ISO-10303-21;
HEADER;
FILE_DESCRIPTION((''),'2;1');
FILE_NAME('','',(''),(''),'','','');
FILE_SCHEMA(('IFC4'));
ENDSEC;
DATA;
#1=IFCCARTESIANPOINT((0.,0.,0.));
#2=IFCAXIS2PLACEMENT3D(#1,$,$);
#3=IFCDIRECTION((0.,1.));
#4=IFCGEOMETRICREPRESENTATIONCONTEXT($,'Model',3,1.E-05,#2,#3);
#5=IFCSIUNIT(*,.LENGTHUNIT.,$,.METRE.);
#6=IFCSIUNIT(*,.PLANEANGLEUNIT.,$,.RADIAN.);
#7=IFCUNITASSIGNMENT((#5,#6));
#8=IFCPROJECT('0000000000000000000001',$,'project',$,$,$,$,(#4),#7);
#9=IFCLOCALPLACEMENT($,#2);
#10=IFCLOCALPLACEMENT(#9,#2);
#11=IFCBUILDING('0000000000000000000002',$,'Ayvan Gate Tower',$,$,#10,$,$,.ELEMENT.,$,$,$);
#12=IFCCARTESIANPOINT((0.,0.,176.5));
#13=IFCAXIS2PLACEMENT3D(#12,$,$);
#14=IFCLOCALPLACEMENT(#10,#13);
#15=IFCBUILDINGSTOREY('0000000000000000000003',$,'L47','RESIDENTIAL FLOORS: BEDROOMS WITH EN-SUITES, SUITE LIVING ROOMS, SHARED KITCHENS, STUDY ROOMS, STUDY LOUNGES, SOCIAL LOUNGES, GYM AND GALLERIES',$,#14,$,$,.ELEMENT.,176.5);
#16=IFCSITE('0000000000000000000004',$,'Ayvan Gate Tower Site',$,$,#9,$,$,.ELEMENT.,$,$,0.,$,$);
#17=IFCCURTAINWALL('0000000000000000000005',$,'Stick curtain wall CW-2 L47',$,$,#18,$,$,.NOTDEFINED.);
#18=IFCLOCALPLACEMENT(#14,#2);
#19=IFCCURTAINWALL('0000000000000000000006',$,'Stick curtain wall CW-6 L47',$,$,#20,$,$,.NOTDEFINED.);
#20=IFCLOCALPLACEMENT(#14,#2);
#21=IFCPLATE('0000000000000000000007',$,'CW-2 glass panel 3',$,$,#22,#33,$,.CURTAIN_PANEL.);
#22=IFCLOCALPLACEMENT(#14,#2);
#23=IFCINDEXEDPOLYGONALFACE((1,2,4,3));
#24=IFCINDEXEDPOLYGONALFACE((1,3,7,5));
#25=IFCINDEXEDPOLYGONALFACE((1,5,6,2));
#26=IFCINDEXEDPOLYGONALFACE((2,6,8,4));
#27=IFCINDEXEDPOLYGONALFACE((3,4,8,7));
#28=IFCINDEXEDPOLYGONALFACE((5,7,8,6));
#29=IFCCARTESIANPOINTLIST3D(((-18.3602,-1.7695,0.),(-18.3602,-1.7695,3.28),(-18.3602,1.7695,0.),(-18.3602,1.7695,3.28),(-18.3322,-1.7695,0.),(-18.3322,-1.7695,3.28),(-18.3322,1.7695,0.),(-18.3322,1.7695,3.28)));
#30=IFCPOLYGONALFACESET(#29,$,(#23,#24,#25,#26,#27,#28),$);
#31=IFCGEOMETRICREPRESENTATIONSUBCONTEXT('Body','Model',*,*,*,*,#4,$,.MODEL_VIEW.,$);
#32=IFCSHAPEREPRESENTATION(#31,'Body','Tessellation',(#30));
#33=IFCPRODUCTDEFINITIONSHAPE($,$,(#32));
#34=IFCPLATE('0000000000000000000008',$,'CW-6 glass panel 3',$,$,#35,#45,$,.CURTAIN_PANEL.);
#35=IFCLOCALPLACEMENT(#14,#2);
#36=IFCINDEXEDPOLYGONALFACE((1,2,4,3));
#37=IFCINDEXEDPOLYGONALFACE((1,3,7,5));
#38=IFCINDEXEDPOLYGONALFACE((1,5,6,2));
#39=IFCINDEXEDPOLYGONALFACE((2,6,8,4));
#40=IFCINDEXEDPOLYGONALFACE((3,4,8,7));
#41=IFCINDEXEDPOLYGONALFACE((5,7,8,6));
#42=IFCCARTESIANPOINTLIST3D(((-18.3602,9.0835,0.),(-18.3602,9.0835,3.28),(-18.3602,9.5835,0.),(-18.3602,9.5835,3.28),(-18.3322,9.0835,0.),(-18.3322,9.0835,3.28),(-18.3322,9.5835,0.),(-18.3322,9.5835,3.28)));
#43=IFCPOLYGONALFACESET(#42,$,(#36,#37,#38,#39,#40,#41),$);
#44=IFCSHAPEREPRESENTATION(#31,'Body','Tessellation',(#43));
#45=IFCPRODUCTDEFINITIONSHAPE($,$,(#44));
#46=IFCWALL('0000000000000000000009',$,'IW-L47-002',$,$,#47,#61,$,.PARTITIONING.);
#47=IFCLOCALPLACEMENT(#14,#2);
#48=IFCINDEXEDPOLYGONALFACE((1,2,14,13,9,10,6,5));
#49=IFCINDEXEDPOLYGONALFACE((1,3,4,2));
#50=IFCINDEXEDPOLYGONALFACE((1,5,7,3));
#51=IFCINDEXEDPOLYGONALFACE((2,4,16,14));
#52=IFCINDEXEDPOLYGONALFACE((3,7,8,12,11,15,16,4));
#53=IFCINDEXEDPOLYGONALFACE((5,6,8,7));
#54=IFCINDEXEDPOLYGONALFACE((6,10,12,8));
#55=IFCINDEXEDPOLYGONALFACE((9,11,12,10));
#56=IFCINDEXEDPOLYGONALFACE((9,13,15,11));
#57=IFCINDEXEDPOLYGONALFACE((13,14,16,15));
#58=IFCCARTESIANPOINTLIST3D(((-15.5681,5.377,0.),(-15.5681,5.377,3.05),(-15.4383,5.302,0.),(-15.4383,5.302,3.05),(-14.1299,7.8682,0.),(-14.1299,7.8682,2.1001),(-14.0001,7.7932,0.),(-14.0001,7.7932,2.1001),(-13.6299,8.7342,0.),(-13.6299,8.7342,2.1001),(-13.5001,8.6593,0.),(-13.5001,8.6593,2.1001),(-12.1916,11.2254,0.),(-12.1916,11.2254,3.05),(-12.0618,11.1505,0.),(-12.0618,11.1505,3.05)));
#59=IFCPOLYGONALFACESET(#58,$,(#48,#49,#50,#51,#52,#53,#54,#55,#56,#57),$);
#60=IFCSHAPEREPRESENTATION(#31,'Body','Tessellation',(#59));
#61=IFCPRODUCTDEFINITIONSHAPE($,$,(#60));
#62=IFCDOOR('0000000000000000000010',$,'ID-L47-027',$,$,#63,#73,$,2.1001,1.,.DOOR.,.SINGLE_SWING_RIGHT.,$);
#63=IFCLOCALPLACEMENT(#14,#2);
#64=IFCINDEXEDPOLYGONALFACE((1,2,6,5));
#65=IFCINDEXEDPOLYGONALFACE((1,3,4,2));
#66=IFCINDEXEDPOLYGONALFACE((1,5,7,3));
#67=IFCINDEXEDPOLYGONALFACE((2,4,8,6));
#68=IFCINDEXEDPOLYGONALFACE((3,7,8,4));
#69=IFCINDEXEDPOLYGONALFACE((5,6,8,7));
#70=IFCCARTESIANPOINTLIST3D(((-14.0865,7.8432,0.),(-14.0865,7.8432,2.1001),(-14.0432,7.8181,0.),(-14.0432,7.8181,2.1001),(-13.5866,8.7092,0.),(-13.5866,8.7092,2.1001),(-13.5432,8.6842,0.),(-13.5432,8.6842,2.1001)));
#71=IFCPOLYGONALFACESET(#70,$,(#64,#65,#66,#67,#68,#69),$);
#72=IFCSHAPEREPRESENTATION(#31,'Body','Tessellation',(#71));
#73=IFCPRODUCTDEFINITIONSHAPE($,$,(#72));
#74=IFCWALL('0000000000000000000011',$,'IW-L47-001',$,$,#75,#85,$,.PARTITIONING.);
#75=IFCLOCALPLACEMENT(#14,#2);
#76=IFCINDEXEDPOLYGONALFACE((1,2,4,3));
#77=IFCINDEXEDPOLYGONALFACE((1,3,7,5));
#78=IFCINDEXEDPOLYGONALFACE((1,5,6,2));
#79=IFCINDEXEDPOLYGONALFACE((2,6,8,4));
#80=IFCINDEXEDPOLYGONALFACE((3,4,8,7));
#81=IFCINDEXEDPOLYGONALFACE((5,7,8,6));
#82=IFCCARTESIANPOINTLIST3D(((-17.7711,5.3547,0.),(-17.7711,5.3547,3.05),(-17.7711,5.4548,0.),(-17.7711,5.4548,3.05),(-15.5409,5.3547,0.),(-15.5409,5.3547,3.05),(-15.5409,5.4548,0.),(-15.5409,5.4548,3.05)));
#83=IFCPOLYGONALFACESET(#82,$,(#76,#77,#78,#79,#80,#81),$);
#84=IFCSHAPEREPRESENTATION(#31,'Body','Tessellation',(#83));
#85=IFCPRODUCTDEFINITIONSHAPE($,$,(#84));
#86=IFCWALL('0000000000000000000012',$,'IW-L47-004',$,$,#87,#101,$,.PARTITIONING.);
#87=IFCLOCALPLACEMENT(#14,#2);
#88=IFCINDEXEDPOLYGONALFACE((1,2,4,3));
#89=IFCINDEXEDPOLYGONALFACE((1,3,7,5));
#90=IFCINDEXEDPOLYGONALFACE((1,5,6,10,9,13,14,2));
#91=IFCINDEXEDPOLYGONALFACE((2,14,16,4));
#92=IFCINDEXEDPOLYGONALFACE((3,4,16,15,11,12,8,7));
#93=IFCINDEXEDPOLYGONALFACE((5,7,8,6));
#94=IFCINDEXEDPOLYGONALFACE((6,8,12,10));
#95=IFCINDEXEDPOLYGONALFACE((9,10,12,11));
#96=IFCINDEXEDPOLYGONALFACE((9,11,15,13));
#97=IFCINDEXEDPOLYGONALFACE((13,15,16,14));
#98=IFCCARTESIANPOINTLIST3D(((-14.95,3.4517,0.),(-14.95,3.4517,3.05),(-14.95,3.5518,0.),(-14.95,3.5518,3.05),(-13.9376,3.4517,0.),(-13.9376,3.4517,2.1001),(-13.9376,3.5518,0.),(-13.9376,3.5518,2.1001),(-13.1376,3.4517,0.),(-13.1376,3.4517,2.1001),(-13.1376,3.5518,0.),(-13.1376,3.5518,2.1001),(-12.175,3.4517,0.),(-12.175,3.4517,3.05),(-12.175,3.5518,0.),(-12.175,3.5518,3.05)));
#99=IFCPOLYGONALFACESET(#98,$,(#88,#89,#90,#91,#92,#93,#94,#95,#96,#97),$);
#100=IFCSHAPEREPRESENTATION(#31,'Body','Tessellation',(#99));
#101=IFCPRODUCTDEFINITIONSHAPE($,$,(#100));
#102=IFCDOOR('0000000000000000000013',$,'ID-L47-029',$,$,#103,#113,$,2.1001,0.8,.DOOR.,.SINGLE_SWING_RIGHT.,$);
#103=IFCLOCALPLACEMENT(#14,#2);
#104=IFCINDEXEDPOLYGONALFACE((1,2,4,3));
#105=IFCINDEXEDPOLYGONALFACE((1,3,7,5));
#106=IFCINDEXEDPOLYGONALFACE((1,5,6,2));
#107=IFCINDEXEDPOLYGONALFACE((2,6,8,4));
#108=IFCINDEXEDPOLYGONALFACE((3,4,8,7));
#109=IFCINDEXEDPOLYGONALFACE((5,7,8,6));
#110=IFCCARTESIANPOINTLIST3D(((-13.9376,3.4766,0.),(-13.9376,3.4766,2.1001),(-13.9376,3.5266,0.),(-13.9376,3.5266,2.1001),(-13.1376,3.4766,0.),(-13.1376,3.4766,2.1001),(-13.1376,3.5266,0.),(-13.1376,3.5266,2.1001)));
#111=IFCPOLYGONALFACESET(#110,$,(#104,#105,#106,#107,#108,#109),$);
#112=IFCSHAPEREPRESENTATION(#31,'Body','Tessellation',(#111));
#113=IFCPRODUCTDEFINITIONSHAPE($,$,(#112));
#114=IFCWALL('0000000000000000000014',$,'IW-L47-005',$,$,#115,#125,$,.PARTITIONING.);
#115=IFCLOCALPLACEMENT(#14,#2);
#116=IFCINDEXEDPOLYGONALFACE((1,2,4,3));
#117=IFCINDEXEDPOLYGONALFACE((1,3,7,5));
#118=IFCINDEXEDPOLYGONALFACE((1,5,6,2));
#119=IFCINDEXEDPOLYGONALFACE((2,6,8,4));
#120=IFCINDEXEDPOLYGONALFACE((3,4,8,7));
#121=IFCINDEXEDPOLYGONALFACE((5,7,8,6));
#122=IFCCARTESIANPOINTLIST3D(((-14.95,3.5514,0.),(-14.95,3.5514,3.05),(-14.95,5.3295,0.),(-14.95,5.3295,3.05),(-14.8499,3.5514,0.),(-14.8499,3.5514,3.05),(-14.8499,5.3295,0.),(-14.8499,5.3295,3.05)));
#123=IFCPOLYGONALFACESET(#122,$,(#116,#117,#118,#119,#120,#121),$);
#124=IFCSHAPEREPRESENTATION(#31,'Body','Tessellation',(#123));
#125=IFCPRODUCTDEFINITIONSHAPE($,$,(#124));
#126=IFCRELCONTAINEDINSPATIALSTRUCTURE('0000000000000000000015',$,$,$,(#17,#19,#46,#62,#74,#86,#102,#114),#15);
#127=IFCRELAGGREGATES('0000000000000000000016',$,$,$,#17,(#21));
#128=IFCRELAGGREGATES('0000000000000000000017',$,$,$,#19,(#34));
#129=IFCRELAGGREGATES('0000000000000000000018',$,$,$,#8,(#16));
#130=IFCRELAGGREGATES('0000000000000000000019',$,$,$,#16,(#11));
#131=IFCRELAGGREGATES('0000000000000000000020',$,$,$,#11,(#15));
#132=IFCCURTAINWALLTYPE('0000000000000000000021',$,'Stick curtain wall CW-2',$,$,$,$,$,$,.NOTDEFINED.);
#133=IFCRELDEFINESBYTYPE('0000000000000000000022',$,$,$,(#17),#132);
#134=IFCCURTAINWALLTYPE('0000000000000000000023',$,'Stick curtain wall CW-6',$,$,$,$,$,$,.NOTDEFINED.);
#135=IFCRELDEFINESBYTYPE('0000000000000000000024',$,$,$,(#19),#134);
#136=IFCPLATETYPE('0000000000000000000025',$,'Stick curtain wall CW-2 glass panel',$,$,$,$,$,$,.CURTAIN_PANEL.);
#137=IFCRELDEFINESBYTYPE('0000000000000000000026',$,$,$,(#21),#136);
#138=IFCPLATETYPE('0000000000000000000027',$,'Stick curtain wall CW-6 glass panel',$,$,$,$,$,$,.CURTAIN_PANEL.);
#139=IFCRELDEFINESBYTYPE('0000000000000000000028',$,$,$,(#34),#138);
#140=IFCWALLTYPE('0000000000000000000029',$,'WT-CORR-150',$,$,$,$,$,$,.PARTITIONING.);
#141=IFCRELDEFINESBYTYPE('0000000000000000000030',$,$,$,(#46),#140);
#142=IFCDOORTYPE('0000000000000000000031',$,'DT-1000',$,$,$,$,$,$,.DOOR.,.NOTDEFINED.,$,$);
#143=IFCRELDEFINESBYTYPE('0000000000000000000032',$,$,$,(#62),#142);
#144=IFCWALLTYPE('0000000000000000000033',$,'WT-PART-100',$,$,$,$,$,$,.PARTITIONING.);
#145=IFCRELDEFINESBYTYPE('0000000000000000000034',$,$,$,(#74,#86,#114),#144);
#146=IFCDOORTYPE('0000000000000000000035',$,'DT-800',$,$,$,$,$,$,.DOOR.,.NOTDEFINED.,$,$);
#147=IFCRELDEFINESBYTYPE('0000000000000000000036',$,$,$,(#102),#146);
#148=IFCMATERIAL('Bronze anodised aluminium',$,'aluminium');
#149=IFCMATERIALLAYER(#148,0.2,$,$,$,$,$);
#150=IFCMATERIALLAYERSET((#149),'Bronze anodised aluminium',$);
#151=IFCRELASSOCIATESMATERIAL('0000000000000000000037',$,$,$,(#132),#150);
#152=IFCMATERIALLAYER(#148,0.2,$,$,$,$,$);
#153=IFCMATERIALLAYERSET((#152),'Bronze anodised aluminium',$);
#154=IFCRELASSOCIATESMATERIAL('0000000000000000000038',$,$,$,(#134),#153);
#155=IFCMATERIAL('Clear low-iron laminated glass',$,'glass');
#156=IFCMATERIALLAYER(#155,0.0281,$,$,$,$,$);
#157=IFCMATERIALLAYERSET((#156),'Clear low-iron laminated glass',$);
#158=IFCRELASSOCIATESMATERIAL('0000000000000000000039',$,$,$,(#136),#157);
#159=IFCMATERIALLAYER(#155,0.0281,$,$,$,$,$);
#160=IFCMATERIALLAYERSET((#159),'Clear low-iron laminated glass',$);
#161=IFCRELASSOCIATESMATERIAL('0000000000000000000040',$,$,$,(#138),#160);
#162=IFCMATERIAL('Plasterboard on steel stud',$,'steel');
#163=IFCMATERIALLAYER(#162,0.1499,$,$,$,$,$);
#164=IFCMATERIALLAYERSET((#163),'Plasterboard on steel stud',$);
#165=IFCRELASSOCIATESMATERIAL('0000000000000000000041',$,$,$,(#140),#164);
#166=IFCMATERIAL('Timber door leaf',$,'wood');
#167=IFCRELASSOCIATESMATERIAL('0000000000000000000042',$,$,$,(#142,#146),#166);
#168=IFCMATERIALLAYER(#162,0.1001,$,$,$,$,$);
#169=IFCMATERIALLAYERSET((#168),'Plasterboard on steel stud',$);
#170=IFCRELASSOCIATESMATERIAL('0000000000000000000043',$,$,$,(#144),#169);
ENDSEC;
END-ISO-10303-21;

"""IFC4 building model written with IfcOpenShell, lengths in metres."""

from ifc_helpers import new_model, si_unit, direction, frame, frame_2d, origin, origin_2d, place, context, subcontext, project, spatial, rectangle, extrude, material, layer, layer_set, type_object, element, fill, aggregate, save


model = new_model("IFC4")

# Units and contexts
model_context = context("Model", 3, precision=1e-05, world=origin(), true_north=direction((0.0, 1.0)))
body_context = subcontext(model_context, "Body", "Model", "MODEL_VIEW")
ifc_project = project(units=[si_unit("LENGTHUNIT", "METRE"), si_unit("PLANEANGLEUNIT", "RADIAN")], contexts=[model_context])

# Site, building, storey
site_placement = place(None, origin())
site = spatial("IfcSite", under=ifc_project, at=site_placement, Name="Ayvan Gate Tower Site", CompositionType="ELEMENT", RefElevation=0.0)
building_placement = place(site_placement, origin())
building = spatial("IfcBuilding", under=site, at=building_placement, Name="Ayvan Gate Tower", CompositionType="ELEMENT")
storey_placement = place(building_placement, frame((0.0, 0.0, 176.5)))
storey = spatial("IfcBuildingStorey", under=building, at=storey_placement, Name="L47", Description="RESIDENTIAL FLOORS: BEDROOMS WITH EN-SUITES, SUITE LIVING ROOMS, SHARED KITCHENS, STUDY ROOMS, STUDY LOUNGES, SOCIAL LOUNGES, GYM AND GALLERIES", CompositionType="ELEMENT", Elevation=176.5)

# Curtain walls
ifc_material_1 = material(Name="Bronze anodised aluminium", Category="aluminium")
ifc_layer_1 = layer(ifc_material_1, 0.2)
ifc_layer_set_1 = layer_set([ifc_layer_1], Name="Bronze anodised aluminium")
curtain_wall_type_1 = type_object("IfcCurtainWallType", Name="Stick curtain wall CW-2", PredefinedType="NOTDEFINED", material=ifc_layer_set_1)
curtain_wall_1_placement = place(storey_placement, origin())
curtain_wall_1 = element("IfcCurtainWall", 1, at=curtain_wall_1_placement, inside=storey, type_object=curtain_wall_type_1, Name="Stick curtain wall CW-2 L47", PredefinedType="NOTDEFINED")
ifc_layer_2 = layer(ifc_material_1, 0.2)
ifc_layer_set_2 = layer_set([ifc_layer_2], Name="Bronze anodised aluminium")
curtain_wall_type_2 = type_object("IfcCurtainWallType", Name="Stick curtain wall CW-6", PredefinedType="NOTDEFINED", material=ifc_layer_set_2)
curtain_wall_2_placement = place(storey_placement, origin())
curtain_wall_2 = element("IfcCurtainWall", 2, at=curtain_wall_2_placement, inside=storey, type_object=curtain_wall_type_2, Name="Stick curtain wall CW-6 L47", PredefinedType="NOTDEFINED")

# Plates
ifc_material_2 = material(Name="Clear low-iron laminated glass", Category="glass")
ifc_layer_3 = layer(ifc_material_2, 0.0281)
ifc_layer_set_3 = layer_set([ifc_layer_3], Name="Clear low-iron laminated glass")
plate_type_1 = type_object("IfcPlateType", Name="Stick curtain wall CW-2 glass panel", PredefinedType="CURTAIN_PANEL", material=ifc_layer_set_3)
plate_1_placement = place(storey_placement, frame((-18.3462, 0.0, 0.0), z_axis=(0.0, 0.0, 1.0), x_axis=(0.0, -1.0, 0.0)))
plate_1 = element("IfcPlate", 3, at=plate_1_placement, type_object=plate_type_1, Name="CW-2 glass panel 3", PredefinedType="CURTAIN_PANEL", context=body_context, shape_type="SweptSolid", body=[
    extrude(rectangle(XDim=3.5391, YDim=0.0281, at=origin_2d()), origin(), (0.0, 0.0, 1.0), 3.28),
])
aggregate(curtain_wall_1, [plate_1])
ifc_layer_4 = layer(ifc_material_2, 0.0281)
ifc_layer_set_4 = layer_set([ifc_layer_4], Name="Clear low-iron laminated glass")
plate_type_2 = type_object("IfcPlateType", Name="Stick curtain wall CW-6 glass panel", PredefinedType="CURTAIN_PANEL", material=ifc_layer_set_4)
plate_2_placement = place(storey_placement, frame((-18.3462, 9.3335, 0.0), z_axis=(0.0, 0.0, 1.0), x_axis=(0.0, -1.0, 0.0)))
plate_2 = element("IfcPlate", 4, at=plate_2_placement, type_object=plate_type_2, Name="CW-6 glass panel 3", PredefinedType="CURTAIN_PANEL", context=body_context, shape_type="SweptSolid", body=[
    extrude(rectangle(XDim=0.5, YDim=0.0281, at=origin_2d()), origin(), (0.0, 0.0, 1.0), 3.28),
])
aggregate(curtain_wall_2, [plate_2])

# Wall, opening, door
ifc_material_3 = material(Name="Plasterboard on steel stud", Category="steel")
ifc_layer_5 = layer(ifc_material_3, 0.1499)
ifc_layer_set_5 = layer_set([ifc_layer_5], Name="Plasterboard on steel stud")
wall_type_1 = type_object("IfcWallType", Name="WT-CORR-150", PredefinedType="PARTITIONING", material=ifc_layer_set_5)
wall_1_placement = place(storey_placement, frame((-15.5032, 5.3396, 0.0), z_axis=(0.0, 0.0, 1.0), x_axis=(0.499988, 0.866032, 0.0)))
wall_1 = element("IfcWall", 5, at=wall_1_placement, inside=storey, type_object=wall_type_1, Name="IW-L47-002", PredefinedType="PARTITIONING", context=body_context, shape_type="SweptSolid", body=[
    extrude(rectangle(XDim=6.7532, YDim=0.1499, at=frame_2d((3.3765, 0.0))), origin(), (0.0, 0.0, 1.0), 3.05),
])
opening_1_placement = place(wall_1_placement, frame((2.8765, 0.0, 0.0)))
opening_1 = element("IfcOpeningElement", 6, at=opening_1_placement, cuts=wall_1, PredefinedType="OPENING", context=body_context, shape_type="SweptSolid", body=[
    extrude(rectangle(XDim=1.0, YDim=2.1001, at=frame_2d((0.5, 1.05))), frame((0.0, 0.085, 0.0), z_axis=(0.0, -1.0, 0.0), x_axis=(1.0, 0.0, 0.0)), (0.0, 0.0, 1.0), 0.1699),
])
ifc_material_4 = material(Name="Timber door leaf", Category="wood")
door_type_1 = type_object("IfcDoorType", Name="DT-1000", OperationType="NOTDEFINED", PredefinedType="DOOR", material=ifc_material_4)
door_1_placement = place(opening_1_placement, origin())
door_1 = element("IfcDoor", 7, at=door_1_placement, inside=storey, type_object=door_type_1, Name="ID-L47-027", OperationType="SINGLE_SWING_RIGHT", OverallHeight=2.1001, OverallWidth=1.0, PredefinedType="DOOR", context=body_context, shape_type="SweptSolid", body=[
    extrude(rectangle(XDim=1.0, YDim=2.1001, at=frame_2d((0.5, 1.05))), frame((0.0, 0.0249, 0.0), z_axis=(0.0, -1.0, 0.0), x_axis=(1.0, 0.0, 0.0)), (0.0, 0.0, 1.0), 0.05),
])
fill(opening_1, door_1)

# Wall
ifc_layer_6 = layer(ifc_material_3, 0.1001)
ifc_layer_set_6 = layer_set([ifc_layer_6], Name="Plasterboard on steel stud")
wall_type_2 = type_object("IfcWallType", Name="WT-PART-100", PredefinedType="PARTITIONING", material=ifc_layer_set_6)
wall_2_placement = place(storey_placement, frame((-15.5408, 5.4048, 0.0), z_axis=(0.0, 0.0, 1.0), x_axis=(-1.0, 0.0, 0.0)))
element("IfcWall", 8, at=wall_2_placement, inside=storey, type_object=wall_type_2, Name="IW-L47-001", PredefinedType="PARTITIONING", context=body_context, shape_type="SweptSolid", body=[
    extrude(rectangle(XDim=2.2302, YDim=0.1001, at=frame_2d((1.1152, 0.0))), origin(), (0.0, 0.0, 1.0), 3.05),
])

# Wall, opening, door
wall_3_placement = place(storey_placement, frame((-14.95, 3.5017, 0.0), z_axis=(0.0, 0.0, 1.0), x_axis=(1.0, 0.0, 0.0)))
wall_3 = element("IfcWall", 9, at=wall_3_placement, inside=storey, type_object=wall_type_2, Name="IW-L47-004", PredefinedType="PARTITIONING", context=body_context, shape_type="SweptSolid", body=[
    extrude(rectangle(XDim=2.7749, YDim=0.1001, at=frame_2d((1.3875, 0.0))), origin(), (0.0, 0.0, 1.0), 3.05),
])
opening_2_placement = place(wall_3_placement, frame((1.0125, 0.0, 0.0)))
opening_2 = element("IfcOpeningElement", 10, at=opening_2_placement, cuts=wall_3, PredefinedType="OPENING", context=body_context, shape_type="SweptSolid", body=[
    extrude(rectangle(XDim=0.8, YDim=2.1001, at=frame_2d((0.3999, 1.05))), frame((0.0, 0.0601, 0.0), z_axis=(0.0, -1.0, 0.0), x_axis=(1.0, 0.0, 0.0)), (0.0, 0.0, 1.0), 0.1201),
])
door_type_2 = type_object("IfcDoorType", Name="DT-800", OperationType="NOTDEFINED", PredefinedType="DOOR", material=ifc_material_4)
door_2_placement = place(opening_2_placement, origin())
door_2 = element("IfcDoor", 11, at=door_2_placement, inside=storey, type_object=door_type_2, Name="ID-L47-029", OperationType="SINGLE_SWING_RIGHT", OverallHeight=2.1001, OverallWidth=0.8, PredefinedType="DOOR", context=body_context, shape_type="SweptSolid", body=[
    extrude(rectangle(XDim=0.8, YDim=2.1001, at=frame_2d((0.3999, 1.05))), frame((0.0, 0.0249, 0.0), z_axis=(0.0, -1.0, 0.0), x_axis=(1.0, 0.0, 0.0)), (0.0, 0.0, 1.0), 0.05),
])
fill(opening_2, door_2)

# Wall
wall_4_placement = place(storey_placement, frame((-14.8999, 5.3296, 0.0), z_axis=(0.0, 0.0, 1.0), x_axis=(0.0, -1.0, 0.0)))
element("IfcWall", 12, at=wall_4_placement, inside=storey, type_object=wall_type_2, Name="IW-L47-005", PredefinedType="PARTITIONING", context=body_context, shape_type="SweptSolid", body=[
    extrude(rectangle(XDim=1.7781, YDim=0.1001, at=frame_2d((0.8892, 0.0))), origin(), (0.0, 0.0, 1.0), 3.05),
])

save(model, "model.ifc")
